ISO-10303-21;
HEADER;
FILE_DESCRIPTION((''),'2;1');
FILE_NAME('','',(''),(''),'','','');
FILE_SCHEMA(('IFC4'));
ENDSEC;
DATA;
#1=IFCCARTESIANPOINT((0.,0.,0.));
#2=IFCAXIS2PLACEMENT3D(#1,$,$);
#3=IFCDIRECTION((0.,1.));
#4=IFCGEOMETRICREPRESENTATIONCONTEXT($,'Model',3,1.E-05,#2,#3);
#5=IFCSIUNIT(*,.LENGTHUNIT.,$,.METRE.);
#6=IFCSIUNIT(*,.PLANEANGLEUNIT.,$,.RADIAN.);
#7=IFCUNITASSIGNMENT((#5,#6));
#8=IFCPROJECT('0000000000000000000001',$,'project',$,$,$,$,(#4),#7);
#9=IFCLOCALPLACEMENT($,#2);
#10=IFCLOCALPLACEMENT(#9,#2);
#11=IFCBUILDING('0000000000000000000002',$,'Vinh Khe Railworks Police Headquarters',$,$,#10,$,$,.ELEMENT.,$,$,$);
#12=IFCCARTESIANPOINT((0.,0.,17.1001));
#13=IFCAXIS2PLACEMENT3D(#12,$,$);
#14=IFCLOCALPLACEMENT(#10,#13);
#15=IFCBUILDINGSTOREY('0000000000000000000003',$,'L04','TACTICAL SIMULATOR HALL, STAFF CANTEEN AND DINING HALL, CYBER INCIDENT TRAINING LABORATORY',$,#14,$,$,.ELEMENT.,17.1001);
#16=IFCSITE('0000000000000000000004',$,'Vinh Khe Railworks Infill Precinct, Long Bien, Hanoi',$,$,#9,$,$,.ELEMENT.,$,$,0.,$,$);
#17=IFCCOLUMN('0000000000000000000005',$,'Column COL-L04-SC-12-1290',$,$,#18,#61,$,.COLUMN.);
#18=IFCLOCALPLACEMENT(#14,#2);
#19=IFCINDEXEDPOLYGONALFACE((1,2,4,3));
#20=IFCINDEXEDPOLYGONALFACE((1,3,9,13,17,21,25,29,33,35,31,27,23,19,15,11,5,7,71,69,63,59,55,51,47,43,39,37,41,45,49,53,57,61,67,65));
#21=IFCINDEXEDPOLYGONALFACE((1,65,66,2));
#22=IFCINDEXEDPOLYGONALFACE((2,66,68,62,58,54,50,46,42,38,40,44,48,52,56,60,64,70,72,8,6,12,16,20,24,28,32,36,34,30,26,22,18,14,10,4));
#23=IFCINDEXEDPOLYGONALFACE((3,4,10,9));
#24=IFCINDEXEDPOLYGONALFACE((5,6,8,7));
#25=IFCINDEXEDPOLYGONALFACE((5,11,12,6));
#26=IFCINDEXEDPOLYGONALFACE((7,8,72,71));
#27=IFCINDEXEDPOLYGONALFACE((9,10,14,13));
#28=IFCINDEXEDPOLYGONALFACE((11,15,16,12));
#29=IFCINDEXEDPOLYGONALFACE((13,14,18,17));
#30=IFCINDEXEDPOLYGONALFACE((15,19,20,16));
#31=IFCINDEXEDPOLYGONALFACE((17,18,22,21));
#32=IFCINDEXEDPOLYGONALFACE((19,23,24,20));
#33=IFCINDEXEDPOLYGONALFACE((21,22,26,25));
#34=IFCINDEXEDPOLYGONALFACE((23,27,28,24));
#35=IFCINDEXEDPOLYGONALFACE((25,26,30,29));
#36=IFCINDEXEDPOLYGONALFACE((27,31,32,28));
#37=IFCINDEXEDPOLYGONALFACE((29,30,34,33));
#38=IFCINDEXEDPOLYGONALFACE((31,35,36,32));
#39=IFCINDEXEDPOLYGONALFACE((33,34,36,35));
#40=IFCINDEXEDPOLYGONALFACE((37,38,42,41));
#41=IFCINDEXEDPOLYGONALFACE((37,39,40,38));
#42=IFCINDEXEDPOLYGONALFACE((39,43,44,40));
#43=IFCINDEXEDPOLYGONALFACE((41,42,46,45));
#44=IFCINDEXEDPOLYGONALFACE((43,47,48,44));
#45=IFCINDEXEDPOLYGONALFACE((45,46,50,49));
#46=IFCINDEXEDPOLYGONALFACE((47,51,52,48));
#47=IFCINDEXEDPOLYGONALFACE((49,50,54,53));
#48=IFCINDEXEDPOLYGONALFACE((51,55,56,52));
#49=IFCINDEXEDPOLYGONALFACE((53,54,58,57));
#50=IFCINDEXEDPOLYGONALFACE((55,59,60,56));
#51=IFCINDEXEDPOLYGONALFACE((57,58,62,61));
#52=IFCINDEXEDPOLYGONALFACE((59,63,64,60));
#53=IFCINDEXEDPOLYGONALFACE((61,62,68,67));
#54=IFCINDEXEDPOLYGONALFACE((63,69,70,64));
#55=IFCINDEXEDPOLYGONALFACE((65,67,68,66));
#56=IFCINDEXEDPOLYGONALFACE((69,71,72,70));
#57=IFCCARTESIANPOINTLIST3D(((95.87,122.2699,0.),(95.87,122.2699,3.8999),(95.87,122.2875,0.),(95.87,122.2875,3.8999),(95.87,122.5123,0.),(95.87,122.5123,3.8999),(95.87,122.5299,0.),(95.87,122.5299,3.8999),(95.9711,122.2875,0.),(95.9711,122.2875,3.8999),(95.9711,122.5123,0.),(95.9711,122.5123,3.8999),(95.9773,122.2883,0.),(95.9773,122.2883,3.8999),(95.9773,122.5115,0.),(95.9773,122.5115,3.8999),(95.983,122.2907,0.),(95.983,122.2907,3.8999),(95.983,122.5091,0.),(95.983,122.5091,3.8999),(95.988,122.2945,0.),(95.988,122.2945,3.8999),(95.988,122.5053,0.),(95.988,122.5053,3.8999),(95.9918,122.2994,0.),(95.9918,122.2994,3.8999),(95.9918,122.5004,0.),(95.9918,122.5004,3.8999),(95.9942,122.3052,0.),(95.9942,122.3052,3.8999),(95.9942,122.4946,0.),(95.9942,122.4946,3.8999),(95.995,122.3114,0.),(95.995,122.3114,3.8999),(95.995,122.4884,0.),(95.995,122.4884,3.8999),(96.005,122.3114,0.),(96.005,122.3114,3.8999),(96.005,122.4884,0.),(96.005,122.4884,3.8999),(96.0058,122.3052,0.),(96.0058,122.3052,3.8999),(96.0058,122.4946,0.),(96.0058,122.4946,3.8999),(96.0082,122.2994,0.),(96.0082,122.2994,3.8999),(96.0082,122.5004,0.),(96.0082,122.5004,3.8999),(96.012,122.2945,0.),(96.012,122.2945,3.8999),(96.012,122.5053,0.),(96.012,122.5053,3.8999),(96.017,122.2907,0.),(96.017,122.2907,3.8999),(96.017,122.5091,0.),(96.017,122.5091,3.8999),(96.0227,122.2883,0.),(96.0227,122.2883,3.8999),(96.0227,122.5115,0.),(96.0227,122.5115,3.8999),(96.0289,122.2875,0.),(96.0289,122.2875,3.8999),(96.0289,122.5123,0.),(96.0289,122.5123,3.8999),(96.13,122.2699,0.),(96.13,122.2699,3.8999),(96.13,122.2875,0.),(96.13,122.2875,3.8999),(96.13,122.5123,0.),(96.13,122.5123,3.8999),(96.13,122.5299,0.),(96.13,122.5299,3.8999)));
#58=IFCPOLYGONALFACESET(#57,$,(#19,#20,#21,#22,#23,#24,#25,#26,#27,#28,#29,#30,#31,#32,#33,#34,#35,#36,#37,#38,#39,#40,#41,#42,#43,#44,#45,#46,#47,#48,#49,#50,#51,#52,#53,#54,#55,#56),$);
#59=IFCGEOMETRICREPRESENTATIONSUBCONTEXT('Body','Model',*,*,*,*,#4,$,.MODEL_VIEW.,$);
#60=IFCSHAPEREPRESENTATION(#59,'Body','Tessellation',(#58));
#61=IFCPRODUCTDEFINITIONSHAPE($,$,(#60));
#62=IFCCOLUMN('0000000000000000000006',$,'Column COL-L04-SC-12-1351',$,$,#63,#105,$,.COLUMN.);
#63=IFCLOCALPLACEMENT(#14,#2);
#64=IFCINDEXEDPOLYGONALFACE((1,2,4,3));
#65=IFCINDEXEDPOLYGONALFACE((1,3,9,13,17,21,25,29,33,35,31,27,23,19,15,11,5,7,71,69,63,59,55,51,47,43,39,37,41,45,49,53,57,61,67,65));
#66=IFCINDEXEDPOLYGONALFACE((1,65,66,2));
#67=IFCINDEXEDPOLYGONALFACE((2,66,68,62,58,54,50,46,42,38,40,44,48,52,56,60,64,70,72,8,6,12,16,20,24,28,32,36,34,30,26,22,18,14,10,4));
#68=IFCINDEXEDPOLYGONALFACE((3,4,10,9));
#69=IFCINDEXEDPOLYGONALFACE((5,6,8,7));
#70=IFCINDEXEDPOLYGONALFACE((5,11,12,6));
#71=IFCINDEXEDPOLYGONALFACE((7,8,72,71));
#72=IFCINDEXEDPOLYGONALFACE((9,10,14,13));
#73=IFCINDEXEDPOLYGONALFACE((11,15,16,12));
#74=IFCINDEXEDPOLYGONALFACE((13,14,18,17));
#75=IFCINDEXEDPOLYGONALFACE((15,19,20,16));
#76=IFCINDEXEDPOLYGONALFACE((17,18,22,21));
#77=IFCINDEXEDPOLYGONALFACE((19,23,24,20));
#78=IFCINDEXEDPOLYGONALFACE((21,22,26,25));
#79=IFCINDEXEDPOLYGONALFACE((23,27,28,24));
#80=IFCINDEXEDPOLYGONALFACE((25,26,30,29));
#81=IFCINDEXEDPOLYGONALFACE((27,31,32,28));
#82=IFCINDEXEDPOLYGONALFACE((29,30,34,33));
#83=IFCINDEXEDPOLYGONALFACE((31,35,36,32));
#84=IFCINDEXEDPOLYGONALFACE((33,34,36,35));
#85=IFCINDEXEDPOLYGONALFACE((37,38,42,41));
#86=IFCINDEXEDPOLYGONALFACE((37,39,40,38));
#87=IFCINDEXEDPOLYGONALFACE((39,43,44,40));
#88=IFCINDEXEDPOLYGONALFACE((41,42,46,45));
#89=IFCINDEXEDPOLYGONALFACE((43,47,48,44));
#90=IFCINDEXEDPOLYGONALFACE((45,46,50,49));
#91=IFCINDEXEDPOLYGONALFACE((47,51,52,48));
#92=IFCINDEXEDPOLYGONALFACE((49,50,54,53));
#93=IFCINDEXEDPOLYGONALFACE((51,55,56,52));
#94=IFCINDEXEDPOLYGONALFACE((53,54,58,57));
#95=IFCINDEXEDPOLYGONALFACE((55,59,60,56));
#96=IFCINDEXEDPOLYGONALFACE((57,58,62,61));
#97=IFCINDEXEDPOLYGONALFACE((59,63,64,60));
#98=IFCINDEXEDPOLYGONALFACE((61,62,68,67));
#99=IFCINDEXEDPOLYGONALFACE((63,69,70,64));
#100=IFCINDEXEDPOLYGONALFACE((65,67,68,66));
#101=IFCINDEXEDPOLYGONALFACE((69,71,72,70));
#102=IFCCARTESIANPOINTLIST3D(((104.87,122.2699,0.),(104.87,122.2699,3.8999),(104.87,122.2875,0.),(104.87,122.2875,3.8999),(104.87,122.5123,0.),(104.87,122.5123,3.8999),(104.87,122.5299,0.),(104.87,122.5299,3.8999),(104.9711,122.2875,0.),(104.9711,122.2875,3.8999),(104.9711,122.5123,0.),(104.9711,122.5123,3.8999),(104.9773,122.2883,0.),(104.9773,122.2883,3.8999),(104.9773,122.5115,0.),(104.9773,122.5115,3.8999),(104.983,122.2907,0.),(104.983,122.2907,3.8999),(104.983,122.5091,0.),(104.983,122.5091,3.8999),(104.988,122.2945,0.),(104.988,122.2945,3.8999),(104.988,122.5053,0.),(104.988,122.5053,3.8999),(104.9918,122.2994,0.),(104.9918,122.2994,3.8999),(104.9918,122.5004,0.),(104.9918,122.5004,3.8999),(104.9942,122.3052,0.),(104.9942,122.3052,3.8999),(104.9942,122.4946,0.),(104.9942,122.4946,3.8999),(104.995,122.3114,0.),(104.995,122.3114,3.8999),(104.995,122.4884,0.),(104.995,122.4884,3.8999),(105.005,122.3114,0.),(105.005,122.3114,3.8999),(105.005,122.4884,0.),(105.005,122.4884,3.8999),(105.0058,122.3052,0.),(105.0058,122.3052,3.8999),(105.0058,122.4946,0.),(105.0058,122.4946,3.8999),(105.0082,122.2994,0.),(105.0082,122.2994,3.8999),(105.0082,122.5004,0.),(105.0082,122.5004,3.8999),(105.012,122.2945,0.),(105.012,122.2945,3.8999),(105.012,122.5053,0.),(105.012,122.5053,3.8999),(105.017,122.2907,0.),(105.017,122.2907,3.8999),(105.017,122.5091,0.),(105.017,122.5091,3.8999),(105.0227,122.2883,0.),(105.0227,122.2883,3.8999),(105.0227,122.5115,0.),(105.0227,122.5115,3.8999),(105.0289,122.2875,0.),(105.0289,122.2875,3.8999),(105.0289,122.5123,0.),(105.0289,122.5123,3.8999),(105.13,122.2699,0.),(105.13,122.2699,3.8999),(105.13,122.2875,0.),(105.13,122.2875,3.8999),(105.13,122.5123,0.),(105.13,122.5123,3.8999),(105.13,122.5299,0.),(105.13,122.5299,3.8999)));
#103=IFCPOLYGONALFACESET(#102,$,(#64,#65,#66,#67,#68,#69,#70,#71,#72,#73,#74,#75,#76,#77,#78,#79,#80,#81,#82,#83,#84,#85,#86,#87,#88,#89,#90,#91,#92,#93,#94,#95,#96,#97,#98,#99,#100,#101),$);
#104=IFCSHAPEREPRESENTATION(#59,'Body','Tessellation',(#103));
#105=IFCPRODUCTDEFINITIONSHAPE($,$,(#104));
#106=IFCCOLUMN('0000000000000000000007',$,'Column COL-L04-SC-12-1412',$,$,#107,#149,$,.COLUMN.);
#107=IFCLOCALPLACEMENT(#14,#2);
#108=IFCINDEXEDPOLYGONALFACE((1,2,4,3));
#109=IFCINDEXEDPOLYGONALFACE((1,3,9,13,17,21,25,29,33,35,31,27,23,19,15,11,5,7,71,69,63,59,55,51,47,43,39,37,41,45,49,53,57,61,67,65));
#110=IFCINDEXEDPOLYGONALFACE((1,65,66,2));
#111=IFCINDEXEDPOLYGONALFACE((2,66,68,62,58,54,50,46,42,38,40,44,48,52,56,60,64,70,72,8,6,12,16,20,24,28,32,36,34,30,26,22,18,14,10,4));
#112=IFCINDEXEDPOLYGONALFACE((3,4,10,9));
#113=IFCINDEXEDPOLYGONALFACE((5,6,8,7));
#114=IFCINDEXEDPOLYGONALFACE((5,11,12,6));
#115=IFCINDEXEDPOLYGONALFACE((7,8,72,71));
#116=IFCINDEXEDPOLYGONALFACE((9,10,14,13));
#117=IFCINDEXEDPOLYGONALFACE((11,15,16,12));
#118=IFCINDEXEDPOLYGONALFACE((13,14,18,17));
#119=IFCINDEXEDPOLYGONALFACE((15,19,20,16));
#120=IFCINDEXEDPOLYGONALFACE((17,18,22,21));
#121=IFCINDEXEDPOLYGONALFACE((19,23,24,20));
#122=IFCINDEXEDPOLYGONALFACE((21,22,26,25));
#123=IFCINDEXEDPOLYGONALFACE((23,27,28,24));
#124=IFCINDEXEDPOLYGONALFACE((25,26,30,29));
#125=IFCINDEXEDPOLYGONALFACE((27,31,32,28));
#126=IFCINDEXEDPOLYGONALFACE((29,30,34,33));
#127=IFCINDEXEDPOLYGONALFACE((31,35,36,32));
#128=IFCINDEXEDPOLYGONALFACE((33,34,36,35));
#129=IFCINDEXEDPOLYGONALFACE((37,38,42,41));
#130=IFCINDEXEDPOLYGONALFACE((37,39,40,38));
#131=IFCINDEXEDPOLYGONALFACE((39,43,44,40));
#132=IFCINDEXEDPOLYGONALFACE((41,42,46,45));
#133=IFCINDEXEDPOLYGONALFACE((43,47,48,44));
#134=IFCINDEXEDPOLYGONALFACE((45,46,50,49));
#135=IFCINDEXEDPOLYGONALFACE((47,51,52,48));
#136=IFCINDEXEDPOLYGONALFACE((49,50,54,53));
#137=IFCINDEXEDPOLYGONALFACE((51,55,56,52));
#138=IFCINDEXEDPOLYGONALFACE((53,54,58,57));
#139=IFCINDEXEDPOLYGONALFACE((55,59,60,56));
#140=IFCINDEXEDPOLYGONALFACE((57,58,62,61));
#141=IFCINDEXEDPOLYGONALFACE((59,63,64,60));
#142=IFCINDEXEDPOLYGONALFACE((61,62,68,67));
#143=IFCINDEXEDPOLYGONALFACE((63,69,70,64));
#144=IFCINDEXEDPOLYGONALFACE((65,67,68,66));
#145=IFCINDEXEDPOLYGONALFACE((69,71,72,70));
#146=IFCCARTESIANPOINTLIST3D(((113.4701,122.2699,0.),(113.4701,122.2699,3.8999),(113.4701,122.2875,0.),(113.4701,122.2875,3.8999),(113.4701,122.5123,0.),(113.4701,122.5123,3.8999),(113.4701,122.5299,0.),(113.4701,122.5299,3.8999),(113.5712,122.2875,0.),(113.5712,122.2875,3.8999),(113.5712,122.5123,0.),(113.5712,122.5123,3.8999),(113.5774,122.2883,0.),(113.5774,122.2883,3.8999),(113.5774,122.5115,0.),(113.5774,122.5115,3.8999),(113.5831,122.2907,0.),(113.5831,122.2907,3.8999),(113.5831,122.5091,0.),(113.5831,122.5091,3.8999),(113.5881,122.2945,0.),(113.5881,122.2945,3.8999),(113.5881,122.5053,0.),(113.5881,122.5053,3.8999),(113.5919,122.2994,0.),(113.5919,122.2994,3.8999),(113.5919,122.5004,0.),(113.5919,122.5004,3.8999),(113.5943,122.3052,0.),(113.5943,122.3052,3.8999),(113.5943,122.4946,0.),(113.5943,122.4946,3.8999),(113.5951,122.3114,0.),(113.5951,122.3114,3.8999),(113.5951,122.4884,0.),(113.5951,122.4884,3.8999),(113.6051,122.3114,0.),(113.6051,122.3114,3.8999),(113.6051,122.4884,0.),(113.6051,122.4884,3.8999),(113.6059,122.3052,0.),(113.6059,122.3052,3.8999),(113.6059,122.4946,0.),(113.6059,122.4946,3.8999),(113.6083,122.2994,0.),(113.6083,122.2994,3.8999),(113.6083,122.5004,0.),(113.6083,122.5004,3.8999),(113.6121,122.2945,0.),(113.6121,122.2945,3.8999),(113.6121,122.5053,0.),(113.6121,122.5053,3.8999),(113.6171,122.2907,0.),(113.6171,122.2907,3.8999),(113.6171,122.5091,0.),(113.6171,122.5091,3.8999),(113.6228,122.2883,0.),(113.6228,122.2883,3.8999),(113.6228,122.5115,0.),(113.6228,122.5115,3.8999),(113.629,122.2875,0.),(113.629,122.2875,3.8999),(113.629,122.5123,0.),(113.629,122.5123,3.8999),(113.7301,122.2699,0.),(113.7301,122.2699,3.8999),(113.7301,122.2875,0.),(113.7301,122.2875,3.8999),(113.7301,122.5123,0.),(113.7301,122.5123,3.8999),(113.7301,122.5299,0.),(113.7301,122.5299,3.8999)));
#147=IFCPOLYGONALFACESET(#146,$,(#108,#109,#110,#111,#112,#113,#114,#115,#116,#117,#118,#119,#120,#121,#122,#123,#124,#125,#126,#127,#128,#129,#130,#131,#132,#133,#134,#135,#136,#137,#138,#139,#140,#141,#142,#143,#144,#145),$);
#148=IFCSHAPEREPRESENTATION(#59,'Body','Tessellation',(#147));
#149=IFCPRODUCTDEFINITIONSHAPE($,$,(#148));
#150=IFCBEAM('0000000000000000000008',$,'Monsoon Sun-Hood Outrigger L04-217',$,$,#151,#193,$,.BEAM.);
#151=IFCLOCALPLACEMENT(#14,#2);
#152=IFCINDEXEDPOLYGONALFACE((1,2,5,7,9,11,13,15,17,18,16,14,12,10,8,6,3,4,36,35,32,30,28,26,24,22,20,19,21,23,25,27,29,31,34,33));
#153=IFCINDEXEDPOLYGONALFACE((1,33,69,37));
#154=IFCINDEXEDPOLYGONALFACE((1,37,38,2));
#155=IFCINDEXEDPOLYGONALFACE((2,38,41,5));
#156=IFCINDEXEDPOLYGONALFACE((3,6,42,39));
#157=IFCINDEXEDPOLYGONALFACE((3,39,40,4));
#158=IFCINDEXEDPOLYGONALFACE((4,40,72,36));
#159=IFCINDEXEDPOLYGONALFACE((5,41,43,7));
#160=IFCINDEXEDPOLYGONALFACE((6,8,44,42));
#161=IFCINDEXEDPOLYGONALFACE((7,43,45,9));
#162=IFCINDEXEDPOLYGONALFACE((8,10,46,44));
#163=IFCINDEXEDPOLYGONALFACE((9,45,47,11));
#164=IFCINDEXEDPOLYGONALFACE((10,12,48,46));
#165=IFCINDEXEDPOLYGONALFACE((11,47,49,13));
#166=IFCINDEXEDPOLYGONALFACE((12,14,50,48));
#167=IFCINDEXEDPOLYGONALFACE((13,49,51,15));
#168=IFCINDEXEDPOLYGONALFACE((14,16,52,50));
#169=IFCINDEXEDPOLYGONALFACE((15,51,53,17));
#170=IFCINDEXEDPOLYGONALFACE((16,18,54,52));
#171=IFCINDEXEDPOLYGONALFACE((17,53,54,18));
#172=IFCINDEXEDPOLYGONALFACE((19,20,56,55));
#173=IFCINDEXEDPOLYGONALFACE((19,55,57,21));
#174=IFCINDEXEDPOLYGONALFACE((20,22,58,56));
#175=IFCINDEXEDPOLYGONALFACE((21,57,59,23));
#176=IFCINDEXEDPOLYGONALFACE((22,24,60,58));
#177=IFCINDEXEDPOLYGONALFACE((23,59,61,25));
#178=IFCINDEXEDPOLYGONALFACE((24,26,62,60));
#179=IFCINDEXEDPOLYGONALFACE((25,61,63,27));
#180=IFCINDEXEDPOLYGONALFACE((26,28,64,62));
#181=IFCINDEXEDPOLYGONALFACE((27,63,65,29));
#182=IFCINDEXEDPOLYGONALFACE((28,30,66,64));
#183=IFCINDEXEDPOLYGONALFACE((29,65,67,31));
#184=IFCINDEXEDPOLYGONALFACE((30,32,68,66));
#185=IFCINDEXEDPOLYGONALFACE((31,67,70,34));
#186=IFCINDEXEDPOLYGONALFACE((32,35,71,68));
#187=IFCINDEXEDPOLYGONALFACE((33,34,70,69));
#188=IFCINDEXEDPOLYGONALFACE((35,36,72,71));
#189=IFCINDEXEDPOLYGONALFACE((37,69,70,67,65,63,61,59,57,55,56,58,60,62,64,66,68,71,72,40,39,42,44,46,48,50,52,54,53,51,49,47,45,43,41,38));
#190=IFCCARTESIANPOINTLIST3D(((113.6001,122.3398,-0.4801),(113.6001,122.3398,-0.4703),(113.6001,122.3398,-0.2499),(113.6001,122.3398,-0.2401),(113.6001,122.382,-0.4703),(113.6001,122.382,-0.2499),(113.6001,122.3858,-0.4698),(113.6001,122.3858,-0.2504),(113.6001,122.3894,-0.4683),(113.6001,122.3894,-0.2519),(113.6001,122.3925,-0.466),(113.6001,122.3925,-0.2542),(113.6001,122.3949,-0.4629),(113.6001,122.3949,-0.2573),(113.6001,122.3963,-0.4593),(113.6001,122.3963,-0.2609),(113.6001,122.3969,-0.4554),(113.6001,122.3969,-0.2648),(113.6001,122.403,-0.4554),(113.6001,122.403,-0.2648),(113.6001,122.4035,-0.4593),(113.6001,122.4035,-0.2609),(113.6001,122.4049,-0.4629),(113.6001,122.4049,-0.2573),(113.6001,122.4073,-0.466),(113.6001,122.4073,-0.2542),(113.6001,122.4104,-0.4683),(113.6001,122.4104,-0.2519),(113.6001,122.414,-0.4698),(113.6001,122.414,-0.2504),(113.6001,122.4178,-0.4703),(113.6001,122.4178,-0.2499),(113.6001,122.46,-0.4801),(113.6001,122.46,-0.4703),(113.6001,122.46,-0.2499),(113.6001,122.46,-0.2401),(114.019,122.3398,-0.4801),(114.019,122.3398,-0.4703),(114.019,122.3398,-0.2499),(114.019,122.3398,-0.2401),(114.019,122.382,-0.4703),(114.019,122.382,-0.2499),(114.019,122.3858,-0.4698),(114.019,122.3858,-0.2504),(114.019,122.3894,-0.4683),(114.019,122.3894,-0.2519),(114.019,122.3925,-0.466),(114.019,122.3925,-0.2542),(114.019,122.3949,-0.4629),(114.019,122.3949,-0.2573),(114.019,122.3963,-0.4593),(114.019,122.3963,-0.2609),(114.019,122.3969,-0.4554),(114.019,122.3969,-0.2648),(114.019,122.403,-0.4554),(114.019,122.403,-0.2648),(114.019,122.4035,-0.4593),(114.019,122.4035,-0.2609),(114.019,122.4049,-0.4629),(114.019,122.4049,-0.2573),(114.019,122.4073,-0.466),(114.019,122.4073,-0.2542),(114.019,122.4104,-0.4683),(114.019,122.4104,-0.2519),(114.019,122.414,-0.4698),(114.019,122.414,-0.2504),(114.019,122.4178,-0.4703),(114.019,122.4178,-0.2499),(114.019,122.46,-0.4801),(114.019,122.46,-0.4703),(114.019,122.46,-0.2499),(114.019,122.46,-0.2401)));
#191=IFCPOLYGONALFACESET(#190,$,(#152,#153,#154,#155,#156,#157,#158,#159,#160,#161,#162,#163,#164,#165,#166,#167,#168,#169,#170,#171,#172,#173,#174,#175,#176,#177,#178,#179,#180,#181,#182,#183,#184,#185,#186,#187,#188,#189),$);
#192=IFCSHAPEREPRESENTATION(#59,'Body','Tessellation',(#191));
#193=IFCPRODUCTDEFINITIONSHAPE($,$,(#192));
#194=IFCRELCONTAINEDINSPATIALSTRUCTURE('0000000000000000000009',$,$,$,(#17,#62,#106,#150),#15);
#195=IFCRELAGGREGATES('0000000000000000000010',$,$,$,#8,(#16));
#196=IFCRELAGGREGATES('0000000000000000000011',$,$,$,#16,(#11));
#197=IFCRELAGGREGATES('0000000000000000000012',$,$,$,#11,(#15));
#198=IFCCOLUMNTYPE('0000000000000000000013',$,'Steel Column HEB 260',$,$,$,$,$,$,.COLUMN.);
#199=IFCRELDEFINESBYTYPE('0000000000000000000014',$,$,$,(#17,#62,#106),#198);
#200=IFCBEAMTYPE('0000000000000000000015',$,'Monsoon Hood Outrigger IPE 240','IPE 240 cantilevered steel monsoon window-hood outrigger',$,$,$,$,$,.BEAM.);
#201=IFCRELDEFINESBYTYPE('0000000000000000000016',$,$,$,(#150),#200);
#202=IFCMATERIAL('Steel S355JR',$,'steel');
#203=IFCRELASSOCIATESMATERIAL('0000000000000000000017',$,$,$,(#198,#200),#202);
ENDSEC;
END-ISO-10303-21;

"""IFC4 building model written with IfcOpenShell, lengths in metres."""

from ifc_helpers import new_model, si_unit, direction, frame, origin, origin_2d, place, context, subcontext, project, spatial, i_section, extrude, material, material_profile, profile_set, type_object, element, save


model = new_model("IFC4")

# Units and contexts
model_context = context("Model", 3, precision=1e-05, world=origin(), true_north=direction((0.0, 1.0)))
body_context = subcontext(model_context, "Body", "Model", "MODEL_VIEW")
ifc_project = project(units=[si_unit("LENGTHUNIT", "METRE"), si_unit("PLANEANGLEUNIT", "RADIAN")], contexts=[model_context])

# Site, building, storey
site_placement = place(None, origin())
site = spatial("IfcSite", under=ifc_project, at=site_placement, Name="Vinh Khe Railworks Infill Precinct, Long Bien, Hanoi", CompositionType="ELEMENT", RefElevation=0.0)
building_placement = place(site_placement, origin())
building = spatial("IfcBuilding", under=site, at=building_placement, Name="Vinh Khe Railworks Police Headquarters", CompositionType="ELEMENT")
storey_placement = place(building_placement, frame((0.0, 0.0, 17.1001)))
storey = spatial("IfcBuildingStorey", under=building, at=storey_placement, Name="L04", Description="TACTICAL SIMULATOR HALL, STAFF CANTEEN AND DINING HALL, CYBER INCIDENT TRAINING LABORATORY", CompositionType="ELEMENT", Elevation=17.1001)

# Columns
ifc_material_1 = material(Name="Steel S355JR", Category="steel")
ifc_material_profile_1 = material_profile(ifc_material_1, i_section(OverallWidth=0.26, OverallDepth=0.26, WebThickness=0.01, FlangeThickness=0.0176, FilletRadius=0.0239, at=origin_2d()), Name="HEB 260")
ifc_profile_set_1 = profile_set([ifc_material_profile_1], Name="Steel S355JR")
column_type = type_object("IfcColumnType", Name="Steel Column HEB 260", PredefinedType="COLUMN", material=ifc_profile_set_1)
for number, where, z_axis, x_axis, name in (
    (1, (96.0, 122.3999, 0.0), (0.0, 0.0, 1.0), (1.0, 0.0, 0.0), "Column COL-L04-SC-12-1290"),
    (2, (105.0, 122.3999, 0.0), (0.0, 0.0, 1.0), (1.0, 0.0, 0.0), "Column COL-L04-SC-12-1351"),
    (3, (113.6001, 122.3999, 0.0), (0.0, 0.0, 1.0), (1.0, 0.0, 0.0), "Column COL-L04-SC-12-1412"),
):
    element("IfcColumn", number, at=place(storey_placement, frame(where, z_axis=z_axis, x_axis=x_axis)), inside=storey, type_object=column_type, Name=name, PredefinedType="COLUMN", context=body_context, shape_type="SweptSolid", body=[
        extrude(i_section(OverallWidth=0.26, OverallDepth=0.26, WebThickness=0.01, FlangeThickness=0.0176, FilletRadius=0.0239, at=origin_2d()), origin(), (0.0, 0.0, 1.0), 3.8999),
    ])

# Beam
ifc_material_profile_2 = material_profile(ifc_material_1, i_section(OverallWidth=0.1201, OverallDepth=0.24, WebThickness=0.0061, FlangeThickness=0.0098, FilletRadius=0.0149, at=origin_2d()), Name="IPE 240")
ifc_profile_set_2 = profile_set([ifc_material_profile_2], Name="Steel S355JR")
beam_type_1 = type_object("IfcBeamType", Name="Monsoon Hood Outrigger IPE 240", Description="IPE 240 cantilevered steel monsoon window-hood outrigger", PredefinedType="BEAM", material=ifc_profile_set_2)
beam_1_placement = place(storey_placement, frame((113.6001, 122.3999, -0.3601), z_axis=(1.0, 0.0, 0.0), x_axis=(0.0, 1.0, 0.0)))
element("IfcBeam", 4, at=beam_1_placement, inside=storey, type_object=beam_type_1, Name="Monsoon Sun-Hood Outrigger L04-217", PredefinedType="BEAM", context=body_context, shape_type="SweptSolid", body=[
    extrude(i_section(OverallWidth=0.1201, OverallDepth=0.24, WebThickness=0.0061, FlangeThickness=0.0098, FilletRadius=0.0149, at=origin_2d()), origin(), (0.0, 0.0, 1.0), 0.4189),
])

save(model, "model.ifc")
